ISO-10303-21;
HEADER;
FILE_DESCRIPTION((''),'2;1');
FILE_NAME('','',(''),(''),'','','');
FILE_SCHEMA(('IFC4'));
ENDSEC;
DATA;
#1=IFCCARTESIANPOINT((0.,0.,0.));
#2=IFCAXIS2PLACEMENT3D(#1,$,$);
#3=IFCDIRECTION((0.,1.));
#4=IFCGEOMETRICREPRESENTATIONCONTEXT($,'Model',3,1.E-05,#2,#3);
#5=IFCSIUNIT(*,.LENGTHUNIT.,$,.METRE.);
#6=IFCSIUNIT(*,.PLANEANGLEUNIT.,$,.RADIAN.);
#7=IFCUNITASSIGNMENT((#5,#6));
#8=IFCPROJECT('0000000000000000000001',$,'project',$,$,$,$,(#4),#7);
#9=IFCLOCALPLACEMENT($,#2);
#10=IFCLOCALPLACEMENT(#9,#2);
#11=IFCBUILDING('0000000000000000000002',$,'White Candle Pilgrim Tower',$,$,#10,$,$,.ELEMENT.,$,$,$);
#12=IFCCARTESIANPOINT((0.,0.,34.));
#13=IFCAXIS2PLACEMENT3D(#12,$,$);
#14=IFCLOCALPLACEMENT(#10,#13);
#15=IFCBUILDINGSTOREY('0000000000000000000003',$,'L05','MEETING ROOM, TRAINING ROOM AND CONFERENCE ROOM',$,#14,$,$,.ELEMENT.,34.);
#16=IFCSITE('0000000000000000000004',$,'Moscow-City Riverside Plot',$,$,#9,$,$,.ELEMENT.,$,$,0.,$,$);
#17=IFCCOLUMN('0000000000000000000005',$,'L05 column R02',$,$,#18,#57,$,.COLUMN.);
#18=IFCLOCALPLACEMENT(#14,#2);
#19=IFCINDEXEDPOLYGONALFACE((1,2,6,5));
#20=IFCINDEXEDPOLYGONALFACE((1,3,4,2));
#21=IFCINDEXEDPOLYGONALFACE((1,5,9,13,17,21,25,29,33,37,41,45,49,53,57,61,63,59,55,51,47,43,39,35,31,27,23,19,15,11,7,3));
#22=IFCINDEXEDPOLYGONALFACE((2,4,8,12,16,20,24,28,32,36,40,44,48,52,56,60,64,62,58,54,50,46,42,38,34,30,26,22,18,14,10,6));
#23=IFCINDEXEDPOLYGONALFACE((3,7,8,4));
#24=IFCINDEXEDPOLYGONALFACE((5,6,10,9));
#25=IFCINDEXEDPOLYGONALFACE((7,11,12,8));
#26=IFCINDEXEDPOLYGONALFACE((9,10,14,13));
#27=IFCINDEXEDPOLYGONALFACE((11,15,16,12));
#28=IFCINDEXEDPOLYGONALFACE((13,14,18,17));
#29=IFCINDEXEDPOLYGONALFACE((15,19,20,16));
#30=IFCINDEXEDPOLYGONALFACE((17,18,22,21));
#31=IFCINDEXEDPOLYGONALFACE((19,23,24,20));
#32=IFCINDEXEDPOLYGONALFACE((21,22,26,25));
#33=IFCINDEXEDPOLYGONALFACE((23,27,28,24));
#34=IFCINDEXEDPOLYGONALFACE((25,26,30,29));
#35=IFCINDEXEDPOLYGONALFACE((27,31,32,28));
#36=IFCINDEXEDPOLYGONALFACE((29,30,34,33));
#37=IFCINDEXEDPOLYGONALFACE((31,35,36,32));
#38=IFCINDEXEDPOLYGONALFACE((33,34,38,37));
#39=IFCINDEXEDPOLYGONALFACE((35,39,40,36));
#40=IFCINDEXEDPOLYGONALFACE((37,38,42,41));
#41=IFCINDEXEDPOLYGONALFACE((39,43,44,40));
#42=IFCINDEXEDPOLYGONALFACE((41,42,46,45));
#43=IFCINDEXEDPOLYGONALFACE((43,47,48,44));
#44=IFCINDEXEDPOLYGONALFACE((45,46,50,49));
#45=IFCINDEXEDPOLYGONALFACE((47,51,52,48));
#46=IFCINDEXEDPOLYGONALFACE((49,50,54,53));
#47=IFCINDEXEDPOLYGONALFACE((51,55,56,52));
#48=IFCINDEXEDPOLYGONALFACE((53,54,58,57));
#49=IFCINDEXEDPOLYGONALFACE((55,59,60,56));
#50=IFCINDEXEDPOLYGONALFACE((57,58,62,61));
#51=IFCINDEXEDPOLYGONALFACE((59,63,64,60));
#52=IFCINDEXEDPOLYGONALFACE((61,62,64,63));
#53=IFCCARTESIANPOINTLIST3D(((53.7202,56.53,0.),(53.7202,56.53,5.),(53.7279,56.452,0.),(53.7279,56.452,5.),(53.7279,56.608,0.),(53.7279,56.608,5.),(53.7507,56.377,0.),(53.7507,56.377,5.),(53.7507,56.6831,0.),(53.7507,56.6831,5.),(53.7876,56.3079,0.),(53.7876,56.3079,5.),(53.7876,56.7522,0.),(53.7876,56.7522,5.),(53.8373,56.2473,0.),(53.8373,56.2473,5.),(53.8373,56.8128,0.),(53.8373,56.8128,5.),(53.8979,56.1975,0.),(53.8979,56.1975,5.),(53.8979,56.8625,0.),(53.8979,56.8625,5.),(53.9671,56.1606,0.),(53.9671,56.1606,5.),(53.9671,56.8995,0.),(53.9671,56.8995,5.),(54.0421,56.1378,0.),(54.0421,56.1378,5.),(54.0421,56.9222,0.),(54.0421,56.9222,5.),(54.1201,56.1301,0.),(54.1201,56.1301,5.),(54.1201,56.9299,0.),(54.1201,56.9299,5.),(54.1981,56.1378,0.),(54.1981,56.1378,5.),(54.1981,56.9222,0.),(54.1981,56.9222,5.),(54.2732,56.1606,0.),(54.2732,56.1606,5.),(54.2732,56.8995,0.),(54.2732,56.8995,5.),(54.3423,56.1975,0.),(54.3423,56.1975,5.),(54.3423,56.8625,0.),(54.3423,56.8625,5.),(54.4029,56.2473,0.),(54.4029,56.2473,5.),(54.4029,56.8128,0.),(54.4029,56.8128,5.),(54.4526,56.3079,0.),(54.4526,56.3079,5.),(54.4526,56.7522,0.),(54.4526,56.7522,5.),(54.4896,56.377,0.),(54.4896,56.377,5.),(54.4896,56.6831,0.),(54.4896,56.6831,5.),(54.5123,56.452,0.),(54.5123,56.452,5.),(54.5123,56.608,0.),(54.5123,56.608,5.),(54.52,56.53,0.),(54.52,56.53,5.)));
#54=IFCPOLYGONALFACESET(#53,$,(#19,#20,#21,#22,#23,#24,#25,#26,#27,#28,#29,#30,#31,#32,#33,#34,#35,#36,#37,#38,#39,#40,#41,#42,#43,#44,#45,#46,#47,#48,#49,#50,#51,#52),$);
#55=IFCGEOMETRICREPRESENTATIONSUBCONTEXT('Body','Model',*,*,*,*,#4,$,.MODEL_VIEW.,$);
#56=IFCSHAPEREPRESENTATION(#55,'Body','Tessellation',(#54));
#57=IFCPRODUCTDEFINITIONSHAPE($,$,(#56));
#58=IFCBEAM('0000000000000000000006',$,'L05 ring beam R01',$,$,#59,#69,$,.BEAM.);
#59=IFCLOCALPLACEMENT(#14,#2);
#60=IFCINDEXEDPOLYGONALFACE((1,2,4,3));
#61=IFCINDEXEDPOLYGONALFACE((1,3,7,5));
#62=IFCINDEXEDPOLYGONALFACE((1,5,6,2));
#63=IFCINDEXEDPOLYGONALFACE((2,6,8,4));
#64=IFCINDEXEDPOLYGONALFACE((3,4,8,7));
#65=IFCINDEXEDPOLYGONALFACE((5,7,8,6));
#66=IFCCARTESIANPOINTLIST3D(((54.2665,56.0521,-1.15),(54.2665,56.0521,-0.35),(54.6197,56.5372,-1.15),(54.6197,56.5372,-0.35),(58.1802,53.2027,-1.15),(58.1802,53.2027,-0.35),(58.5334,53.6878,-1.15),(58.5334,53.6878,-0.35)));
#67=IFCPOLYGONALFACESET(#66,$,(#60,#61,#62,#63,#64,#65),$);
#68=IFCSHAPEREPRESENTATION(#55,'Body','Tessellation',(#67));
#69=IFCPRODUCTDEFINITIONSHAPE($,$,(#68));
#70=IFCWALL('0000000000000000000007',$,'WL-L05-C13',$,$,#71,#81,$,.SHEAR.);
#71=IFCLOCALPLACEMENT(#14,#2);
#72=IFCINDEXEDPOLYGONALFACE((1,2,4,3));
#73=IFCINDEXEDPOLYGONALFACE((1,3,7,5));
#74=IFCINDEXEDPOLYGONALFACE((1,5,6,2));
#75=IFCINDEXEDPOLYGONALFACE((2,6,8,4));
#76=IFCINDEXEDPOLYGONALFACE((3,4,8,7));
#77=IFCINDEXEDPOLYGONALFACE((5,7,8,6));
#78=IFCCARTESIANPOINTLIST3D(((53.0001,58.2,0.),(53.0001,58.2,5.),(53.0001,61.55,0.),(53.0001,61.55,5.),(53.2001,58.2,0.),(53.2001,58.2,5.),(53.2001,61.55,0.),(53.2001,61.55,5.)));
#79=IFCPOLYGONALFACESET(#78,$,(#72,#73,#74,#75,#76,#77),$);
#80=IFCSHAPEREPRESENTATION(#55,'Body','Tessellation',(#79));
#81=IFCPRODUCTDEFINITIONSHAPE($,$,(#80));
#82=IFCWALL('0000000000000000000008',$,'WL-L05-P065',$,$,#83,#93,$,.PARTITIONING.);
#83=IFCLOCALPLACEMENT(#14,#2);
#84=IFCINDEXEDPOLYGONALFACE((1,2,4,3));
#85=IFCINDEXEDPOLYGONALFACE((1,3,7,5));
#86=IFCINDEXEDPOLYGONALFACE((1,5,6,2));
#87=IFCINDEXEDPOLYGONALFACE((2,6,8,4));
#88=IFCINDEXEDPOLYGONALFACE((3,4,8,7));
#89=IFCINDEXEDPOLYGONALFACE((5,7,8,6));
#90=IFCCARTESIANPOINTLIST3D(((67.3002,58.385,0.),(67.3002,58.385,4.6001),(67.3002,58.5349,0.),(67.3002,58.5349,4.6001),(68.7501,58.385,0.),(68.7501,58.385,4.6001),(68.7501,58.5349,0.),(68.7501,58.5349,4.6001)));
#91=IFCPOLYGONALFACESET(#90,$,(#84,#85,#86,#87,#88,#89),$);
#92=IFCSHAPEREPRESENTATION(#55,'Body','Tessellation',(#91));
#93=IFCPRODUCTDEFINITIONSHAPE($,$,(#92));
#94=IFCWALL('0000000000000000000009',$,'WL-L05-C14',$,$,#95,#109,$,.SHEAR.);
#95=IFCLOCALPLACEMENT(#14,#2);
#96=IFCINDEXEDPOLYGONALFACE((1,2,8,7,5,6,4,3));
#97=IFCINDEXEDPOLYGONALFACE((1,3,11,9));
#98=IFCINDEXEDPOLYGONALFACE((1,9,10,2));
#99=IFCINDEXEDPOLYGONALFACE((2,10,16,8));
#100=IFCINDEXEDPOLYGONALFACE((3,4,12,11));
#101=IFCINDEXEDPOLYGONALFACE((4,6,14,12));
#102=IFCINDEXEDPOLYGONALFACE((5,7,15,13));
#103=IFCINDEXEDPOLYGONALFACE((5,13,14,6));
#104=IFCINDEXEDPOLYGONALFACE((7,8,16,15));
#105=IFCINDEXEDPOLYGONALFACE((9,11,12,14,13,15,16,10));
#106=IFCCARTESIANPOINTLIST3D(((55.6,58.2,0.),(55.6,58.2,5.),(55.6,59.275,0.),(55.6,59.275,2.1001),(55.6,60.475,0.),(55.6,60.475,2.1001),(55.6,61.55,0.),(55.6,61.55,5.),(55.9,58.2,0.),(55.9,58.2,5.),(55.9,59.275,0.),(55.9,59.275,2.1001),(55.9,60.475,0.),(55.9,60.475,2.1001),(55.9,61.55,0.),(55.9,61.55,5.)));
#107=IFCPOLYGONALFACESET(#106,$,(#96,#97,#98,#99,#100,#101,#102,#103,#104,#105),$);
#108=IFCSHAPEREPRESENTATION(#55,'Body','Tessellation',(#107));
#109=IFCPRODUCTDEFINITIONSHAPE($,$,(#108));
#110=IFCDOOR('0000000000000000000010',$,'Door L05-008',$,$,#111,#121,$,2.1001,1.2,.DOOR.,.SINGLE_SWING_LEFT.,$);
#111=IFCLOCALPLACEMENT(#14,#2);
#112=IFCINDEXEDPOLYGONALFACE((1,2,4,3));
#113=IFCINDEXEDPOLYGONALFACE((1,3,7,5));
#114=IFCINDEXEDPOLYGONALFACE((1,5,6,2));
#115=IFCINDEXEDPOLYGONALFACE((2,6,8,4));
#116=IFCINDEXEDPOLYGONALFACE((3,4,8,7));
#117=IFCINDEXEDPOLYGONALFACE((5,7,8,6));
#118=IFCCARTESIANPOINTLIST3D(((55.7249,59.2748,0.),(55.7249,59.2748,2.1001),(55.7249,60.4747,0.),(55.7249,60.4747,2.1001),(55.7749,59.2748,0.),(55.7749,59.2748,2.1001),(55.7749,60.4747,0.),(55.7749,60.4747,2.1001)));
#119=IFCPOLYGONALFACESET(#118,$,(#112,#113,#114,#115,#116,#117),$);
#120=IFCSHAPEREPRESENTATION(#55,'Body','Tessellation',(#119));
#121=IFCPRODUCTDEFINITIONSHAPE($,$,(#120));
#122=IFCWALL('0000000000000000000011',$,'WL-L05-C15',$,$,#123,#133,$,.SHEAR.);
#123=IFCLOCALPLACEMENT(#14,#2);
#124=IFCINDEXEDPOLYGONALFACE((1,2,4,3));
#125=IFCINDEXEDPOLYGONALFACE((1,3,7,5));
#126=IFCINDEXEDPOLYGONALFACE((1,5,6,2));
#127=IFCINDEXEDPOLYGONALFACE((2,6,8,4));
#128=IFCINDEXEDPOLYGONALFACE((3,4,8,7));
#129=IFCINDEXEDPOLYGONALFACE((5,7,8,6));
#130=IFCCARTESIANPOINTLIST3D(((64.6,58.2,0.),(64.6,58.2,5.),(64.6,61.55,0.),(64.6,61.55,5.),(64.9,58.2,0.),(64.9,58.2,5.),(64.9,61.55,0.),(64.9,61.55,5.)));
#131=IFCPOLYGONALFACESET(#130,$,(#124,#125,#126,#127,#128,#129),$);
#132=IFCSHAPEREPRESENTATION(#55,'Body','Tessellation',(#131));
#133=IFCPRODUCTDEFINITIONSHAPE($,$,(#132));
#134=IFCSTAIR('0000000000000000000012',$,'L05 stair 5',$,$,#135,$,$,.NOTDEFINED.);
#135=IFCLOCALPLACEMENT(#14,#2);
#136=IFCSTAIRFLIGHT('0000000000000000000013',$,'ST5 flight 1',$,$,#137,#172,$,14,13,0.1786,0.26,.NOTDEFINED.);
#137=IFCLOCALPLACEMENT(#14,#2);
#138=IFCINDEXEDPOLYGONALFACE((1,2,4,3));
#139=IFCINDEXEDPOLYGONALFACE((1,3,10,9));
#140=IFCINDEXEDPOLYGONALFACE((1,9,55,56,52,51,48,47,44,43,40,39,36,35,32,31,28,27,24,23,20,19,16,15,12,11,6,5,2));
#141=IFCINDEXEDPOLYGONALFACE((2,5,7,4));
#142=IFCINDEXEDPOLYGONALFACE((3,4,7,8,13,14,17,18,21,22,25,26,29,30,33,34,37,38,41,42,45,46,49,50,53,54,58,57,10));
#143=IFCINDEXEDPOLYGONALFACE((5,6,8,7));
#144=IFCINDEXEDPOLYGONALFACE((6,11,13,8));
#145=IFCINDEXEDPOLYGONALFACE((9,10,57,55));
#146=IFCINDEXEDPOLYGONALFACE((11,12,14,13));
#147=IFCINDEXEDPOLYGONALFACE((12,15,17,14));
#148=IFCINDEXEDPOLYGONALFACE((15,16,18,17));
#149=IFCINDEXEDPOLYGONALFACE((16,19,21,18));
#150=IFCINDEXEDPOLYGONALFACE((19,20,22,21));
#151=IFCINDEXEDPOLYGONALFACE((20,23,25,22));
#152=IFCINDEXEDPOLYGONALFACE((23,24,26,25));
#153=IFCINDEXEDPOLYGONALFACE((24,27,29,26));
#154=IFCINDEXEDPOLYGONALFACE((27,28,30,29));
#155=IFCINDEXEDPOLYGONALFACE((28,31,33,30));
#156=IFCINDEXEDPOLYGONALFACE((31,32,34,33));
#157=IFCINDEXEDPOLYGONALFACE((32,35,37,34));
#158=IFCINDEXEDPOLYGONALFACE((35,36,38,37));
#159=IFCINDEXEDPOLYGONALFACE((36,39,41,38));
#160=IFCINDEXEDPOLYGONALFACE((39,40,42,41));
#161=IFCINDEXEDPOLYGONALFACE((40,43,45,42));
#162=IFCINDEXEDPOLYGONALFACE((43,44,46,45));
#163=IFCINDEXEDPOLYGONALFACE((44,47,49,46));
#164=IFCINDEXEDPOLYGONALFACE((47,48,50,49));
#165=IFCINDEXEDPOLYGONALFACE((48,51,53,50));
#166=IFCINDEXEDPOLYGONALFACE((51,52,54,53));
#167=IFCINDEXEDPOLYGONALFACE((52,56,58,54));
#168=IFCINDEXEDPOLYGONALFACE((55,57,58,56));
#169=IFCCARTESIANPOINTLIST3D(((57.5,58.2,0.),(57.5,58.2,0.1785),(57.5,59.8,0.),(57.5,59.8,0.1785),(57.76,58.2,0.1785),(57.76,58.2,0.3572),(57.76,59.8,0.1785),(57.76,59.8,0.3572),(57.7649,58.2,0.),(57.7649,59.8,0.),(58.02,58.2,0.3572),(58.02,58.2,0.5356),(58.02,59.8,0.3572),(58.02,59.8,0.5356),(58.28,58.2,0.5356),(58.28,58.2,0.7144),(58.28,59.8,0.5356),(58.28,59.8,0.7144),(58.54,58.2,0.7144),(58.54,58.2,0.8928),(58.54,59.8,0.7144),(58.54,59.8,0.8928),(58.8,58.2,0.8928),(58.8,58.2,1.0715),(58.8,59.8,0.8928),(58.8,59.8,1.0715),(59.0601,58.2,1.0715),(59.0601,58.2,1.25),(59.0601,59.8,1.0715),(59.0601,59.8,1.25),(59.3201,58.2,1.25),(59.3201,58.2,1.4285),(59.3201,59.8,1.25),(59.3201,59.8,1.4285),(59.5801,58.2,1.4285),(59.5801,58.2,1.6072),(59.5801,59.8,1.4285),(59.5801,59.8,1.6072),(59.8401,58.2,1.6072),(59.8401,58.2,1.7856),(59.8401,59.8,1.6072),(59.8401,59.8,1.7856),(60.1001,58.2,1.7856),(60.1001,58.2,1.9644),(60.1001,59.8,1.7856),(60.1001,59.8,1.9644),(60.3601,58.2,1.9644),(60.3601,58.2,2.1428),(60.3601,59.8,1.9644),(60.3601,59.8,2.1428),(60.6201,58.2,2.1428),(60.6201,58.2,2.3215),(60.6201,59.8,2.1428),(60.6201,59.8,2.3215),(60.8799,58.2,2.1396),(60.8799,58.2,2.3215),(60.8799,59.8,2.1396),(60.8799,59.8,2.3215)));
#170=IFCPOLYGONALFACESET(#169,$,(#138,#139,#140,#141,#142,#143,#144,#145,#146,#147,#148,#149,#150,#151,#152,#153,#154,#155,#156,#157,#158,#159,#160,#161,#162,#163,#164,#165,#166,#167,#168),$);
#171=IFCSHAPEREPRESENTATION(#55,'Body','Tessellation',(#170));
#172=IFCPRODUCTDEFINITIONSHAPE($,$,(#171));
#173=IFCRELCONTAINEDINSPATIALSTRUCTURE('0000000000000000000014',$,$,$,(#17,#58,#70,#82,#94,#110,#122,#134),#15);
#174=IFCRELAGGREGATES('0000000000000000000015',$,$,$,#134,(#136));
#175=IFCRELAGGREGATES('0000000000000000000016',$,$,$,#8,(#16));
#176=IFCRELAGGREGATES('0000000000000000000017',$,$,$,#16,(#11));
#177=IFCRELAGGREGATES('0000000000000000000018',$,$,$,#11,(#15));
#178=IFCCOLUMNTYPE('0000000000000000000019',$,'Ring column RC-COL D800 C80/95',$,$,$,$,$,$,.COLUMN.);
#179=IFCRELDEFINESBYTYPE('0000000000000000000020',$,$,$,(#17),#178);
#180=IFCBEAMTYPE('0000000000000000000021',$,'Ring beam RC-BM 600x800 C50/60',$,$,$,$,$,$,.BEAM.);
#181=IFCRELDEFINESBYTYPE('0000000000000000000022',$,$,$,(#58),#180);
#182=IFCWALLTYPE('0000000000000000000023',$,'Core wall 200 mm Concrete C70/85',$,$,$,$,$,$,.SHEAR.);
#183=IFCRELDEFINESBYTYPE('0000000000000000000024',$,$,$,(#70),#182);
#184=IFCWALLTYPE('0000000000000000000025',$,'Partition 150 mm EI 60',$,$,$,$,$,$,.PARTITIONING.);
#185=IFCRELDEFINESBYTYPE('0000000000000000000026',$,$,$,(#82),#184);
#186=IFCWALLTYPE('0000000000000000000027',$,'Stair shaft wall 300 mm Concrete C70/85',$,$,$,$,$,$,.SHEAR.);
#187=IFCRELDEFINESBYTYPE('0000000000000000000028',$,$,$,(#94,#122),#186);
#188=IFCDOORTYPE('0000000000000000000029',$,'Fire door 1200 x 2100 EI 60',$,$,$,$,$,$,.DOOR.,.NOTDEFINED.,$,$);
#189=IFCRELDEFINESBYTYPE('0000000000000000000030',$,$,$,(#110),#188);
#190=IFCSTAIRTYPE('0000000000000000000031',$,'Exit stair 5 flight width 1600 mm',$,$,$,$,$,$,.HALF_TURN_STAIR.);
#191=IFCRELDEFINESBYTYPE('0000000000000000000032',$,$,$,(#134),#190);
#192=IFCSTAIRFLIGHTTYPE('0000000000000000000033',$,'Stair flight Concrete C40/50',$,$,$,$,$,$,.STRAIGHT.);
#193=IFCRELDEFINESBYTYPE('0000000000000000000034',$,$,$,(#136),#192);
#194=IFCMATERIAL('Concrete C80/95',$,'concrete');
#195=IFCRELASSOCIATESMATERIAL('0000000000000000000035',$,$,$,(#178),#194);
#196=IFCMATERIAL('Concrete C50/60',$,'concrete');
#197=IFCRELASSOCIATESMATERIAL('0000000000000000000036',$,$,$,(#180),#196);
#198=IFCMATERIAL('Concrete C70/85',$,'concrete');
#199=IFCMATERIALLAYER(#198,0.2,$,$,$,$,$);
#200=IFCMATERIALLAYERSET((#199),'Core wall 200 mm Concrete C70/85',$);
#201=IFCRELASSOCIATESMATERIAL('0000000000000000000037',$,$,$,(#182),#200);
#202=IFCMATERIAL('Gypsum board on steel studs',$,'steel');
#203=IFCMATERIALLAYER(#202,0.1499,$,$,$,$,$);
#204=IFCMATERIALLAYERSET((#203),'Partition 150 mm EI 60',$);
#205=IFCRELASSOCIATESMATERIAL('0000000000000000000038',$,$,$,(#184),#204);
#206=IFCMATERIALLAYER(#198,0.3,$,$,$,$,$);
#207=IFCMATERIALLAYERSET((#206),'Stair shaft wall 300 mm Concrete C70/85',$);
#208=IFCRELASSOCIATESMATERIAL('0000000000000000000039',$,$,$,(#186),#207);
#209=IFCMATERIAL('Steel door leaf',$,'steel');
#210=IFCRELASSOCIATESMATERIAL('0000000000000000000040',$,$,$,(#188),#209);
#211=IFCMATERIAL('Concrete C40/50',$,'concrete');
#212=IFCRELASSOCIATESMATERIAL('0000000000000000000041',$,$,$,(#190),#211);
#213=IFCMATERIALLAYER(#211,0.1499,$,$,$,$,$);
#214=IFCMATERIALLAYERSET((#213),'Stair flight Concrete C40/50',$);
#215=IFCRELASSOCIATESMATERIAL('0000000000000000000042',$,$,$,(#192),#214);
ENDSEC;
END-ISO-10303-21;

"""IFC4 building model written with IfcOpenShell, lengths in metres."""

from ifc_helpers import new_model, si_unit, direction, frame, frame_2d, origin, origin_2d, place, context, subcontext, project, spatial, polyline, rectangle, circle, outline, extrude, material, layer, layer_set, material_profile, profile_set, type_object, element, fill, aggregate, save


model = new_model("IFC4")

# Units and contexts
model_context = context("Model", 3, precision=1e-05, world=origin(), true_north=direction((0.0, 1.0)))
body_context = subcontext(model_context, "Body", "Model", "MODEL_VIEW")
ifc_project = project(units=[si_unit("LENGTHUNIT", "METRE"), si_unit("PLANEANGLEUNIT", "RADIAN")], contexts=[model_context])

# Site, building, storey
site_placement = place(None, origin())
site = spatial("IfcSite", under=ifc_project, at=site_placement, Name="Moscow-City Riverside Plot", CompositionType="ELEMENT", RefElevation=0.0)
building_placement = place(site_placement, origin())
building = spatial("IfcBuilding", under=site, at=building_placement, Name="White Candle Pilgrim Tower", CompositionType="ELEMENT")
storey_placement = place(building_placement, frame((0.0, 0.0, 34.0)))
storey = spatial("IfcBuildingStorey", under=building, at=storey_placement, Name="L05", Description="MEETING ROOM, TRAINING ROOM AND CONFERENCE ROOM", CompositionType="ELEMENT", Elevation=34.0)

# Column
ifc_material_1 = material(Name="Concrete C80/95", Category="concrete")
ifc_material_profile_1 = material_profile(ifc_material_1, circle(Radius=0.3999, at=origin_2d()), Name="RC-COL D800")
ifc_profile_set_1 = profile_set([ifc_material_profile_1], Name="Concrete C80/95")
column_type = type_object("IfcColumnType", Name="Ring column RC-COL D800 C80/95", PredefinedType="COLUMN", material=ifc_profile_set_1)
column_placement = place(storey_placement, frame((54.1201, 56.53, 0.0), z_axis=(0.0, 0.0, 1.0), x_axis=(1.0, 0.0, 0.0)))
element("IfcColumn", 1, at=column_placement, inside=storey, type_object=column_type, Name="L05 column R02", PredefinedType="COLUMN", context=body_context, shape_type="SweptSolid", body=[
    extrude(circle(Radius=0.3999, at=origin_2d()), origin(), (0.0, 0.0, 1.0), 5.0),
])

# Beam
ifc_material_2 = material(Name="Concrete C50/60", Category="concrete")
ifc_material_profile_2 = material_profile(ifc_material_2, rectangle(XDim=0.6001, YDim=0.8, at=origin_2d()), Name="RC-BM 600x800")
ifc_profile_set_2 = profile_set([ifc_material_profile_2], Name="Concrete C50/60")
beam_type = type_object("IfcBeamType", Name="Ring beam RC-BM 600x800 C50/60", PredefinedType="BEAM", material=ifc_profile_set_2)
beam_placement = place(storey_placement, frame((54.4431, 56.2947, -0.75), z_axis=(0.808428, -0.588594, 0.0), x_axis=(0.588594, 0.808428, 0.0)))
element("IfcBeam", 2, at=beam_placement, inside=storey, type_object=beam_type, Name="L05 ring beam R01", PredefinedType="BEAM", context=body_context, shape_type="SweptSolid", body=[
    extrude(rectangle(XDim=0.6001, YDim=0.8, at=origin_2d()), origin(), (0.0, 0.0, 1.0), 4.8411),
])

# Walls
ifc_material_3 = material(Name="Concrete C70/85", Category="concrete")
ifc_layer_1 = layer(ifc_material_3, 0.2)
ifc_layer_set_1 = layer_set([ifc_layer_1], Name="Core wall 200 mm Concrete C70/85")
wall_type_1 = type_object("IfcWallType", Name="Core wall 200 mm Concrete C70/85", PredefinedType="SHEAR", material=ifc_layer_set_1)
wall_1_placement = place(storey_placement, frame((53.1001, 58.2, 0.0), z_axis=(0.0, 0.0, 1.0), x_axis=(0.0, 1.0, 0.0)))
element("IfcWall", 3, at=wall_1_placement, inside=storey, type_object=wall_type_1, Name="WL-L05-C13", PredefinedType="SHEAR", context=body_context, shape_type="SweptSolid", body=[
    extrude(rectangle(XDim=3.3501, YDim=0.2, at=frame_2d((1.675, 0.0))), origin(), (0.0, 0.0, 1.0), 5.0),
])
ifc_material_4 = material(Name="Gypsum board on steel studs", Category="steel")
ifc_layer_2 = layer(ifc_material_4, 0.1499)
ifc_layer_set_2 = layer_set([ifc_layer_2], Name="Partition 150 mm EI 60")
wall_type_2 = type_object("IfcWallType", Name="Partition 150 mm EI 60", PredefinedType="PARTITIONING", material=ifc_layer_set_2)
wall_2_placement = place(storey_placement, frame((67.3, 58.46, 0.0), z_axis=(0.0, 0.0, 1.0), x_axis=(1.0, 0.0, 0.0)))
element("IfcWall", 4, at=wall_2_placement, inside=storey, type_object=wall_type_2, Name="WL-L05-P065", PredefinedType="PARTITIONING", context=body_context, shape_type="SweptSolid", body=[
    extrude(rectangle(XDim=1.45, YDim=0.1499, at=frame_2d((0.7251, 0.0))), origin(), (0.0, 0.0, 1.0), 4.6001),
])

# Wall, opening, door
ifc_layer_3 = layer(ifc_material_3, 0.3)
ifc_layer_set_3 = layer_set([ifc_layer_3], Name="Stair shaft wall 300 mm Concrete C70/85")
wall_type_3 = type_object("IfcWallType", Name="Stair shaft wall 300 mm Concrete C70/85", PredefinedType="SHEAR", material=ifc_layer_set_3)
wall_3_placement = place(storey_placement, frame((55.75, 58.2, 0.0), z_axis=(0.0, 0.0, 1.0), x_axis=(0.0, 1.0, 0.0)))
wall_3 = element("IfcWall", 5, at=wall_3_placement, inside=storey, type_object=wall_type_3, Name="WL-L05-C14", PredefinedType="SHEAR", context=body_context, shape_type="SweptSolid", body=[
    extrude(rectangle(XDim=3.3501, YDim=0.3, at=frame_2d((1.675, 0.0))), origin(), (0.0, 0.0, 1.0), 5.0),
])
opening_placement = place(wall_3_placement, frame((1.075, 0.0, 0.0)))
opening = element("IfcOpeningElement", 6, at=opening_placement, cuts=wall_3, PredefinedType="OPENING", context=body_context, shape_type="SweptSolid", body=[
    extrude(rectangle(XDim=1.2, YDim=2.1001, at=frame_2d((0.6001, 1.05))), frame((0.0, 0.1599, 0.0), z_axis=(0.0, -1.0, 0.0), x_axis=(1.0, 0.0, 0.0)), (0.0, 0.0, 1.0), 0.3201),
])
ifc_material_5 = material(Name="Steel door leaf", Category="steel")
door_type = type_object("IfcDoorType", Name="Fire door 1200 x 2100 EI 60", OperationType="NOTDEFINED", PredefinedType="DOOR", material=ifc_material_5)
door_placement = place(opening_placement, frame((1.2, 0.0, 0.0), z_axis=(0.0, 0.0, 1.0), x_axis=(-1.0, 0.0, 0.0)))
door = element("IfcDoor", 7, at=door_placement, inside=storey, type_object=door_type, Name="Door L05-008", OperationType="SINGLE_SWING_LEFT", OverallHeight=2.1001, OverallWidth=1.2, PredefinedType="DOOR", context=body_context, shape_type="SweptSolid", body=[
    extrude(rectangle(XDim=1.2, YDim=2.1001, at=frame_2d((0.6001, 1.05))), frame((0.0, 0.0249, 0.0), z_axis=(0.0, -1.0, 0.0), x_axis=(1.0, 0.0, 0.0)), (0.0, 0.0, 1.0), 0.05),
])
fill(opening, door)

# Wall
wall_4_placement = place(storey_placement, frame((64.75, 58.2, 0.0), z_axis=(0.0, 0.0, 1.0), x_axis=(0.0, 1.0, 0.0)))
element("IfcWall", 8, at=wall_4_placement, inside=storey, type_object=wall_type_3, Name="WL-L05-C15", PredefinedType="SHEAR", context=body_context, shape_type="SweptSolid", body=[
    extrude(rectangle(XDim=3.3501, YDim=0.3, at=frame_2d((1.675, 0.0))), origin(), (0.0, 0.0, 1.0), 5.0),
])

# Stair, stair flight
ifc_material_6 = material(Name="Concrete C40/50", Category="concrete")
stair_type = type_object("IfcStairType", Name="Exit stair 5 flight width 1600 mm", PredefinedType="HALF_TURN_STAIR", material=ifc_material_6)
stair_placement = place(storey_placement, origin())
stair = element("IfcStair", 9, at=stair_placement, inside=storey, type_object=stair_type, Name="L05 stair 5", PredefinedType="NOTDEFINED")
ifc_layer_4 = layer(ifc_material_6, 0.1499)
ifc_layer_set_4 = layer_set([ifc_layer_4], Name="Stair flight Concrete C40/50")
stair_flight_type = type_object("IfcStairFlightType", Name="Stair flight Concrete C40/50", PredefinedType="STRAIGHT", material=ifc_layer_set_4)
stair_flight_1_placement = place(storey_placement, frame((57.5, 59.0, 0.0), z_axis=(0.0, 0.0, 1.0), x_axis=(1.0, 0.0, 0.0)))
stair_flight_1 = element("IfcStairFlight", 10, at=stair_flight_1_placement, type_object=stair_flight_type, Name="ST5 flight 1", NumberOfRisers=14, NumberOfTreads=13, PredefinedType="NOTDEFINED", RiserHeight=0.1786, TreadLength=0.26, context=body_context, shape_type="SweptSolid", body=[
    extrude(outline(polyline([(0.0, 0.0), (0.0, 0.1785), (0.26, 0.1785), (0.26, 0.3572), (0.52, 0.3572), (0.52, 0.5356), (0.78, 0.5356), (0.78, 0.7144), (1.04, 0.7144), (1.04, 0.8928), (1.3, 0.8928), (1.3, 1.0715), (1.5601, 1.0715), (1.5601, 1.25), (1.8201, 1.25), (1.8201, 1.4285), (2.0801, 1.4285), (2.0801, 1.6072), (2.3401, 1.6072), (2.3401, 1.7856), (2.6001, 1.7856), (2.6001, 1.9644), (2.8601, 1.9644), (2.8601, 2.1428), (3.1201, 2.1428), (3.1201, 2.3215), (3.3799, 2.3215), (3.3799, 2.5), (3.3799, 2.1396), (0.2649, 0.0), (0.0, 0.0)])), frame((0.0, 0.8, 0.0), z_axis=(0.0, -1.0, 0.0), x_axis=(1.0, 0.0, 0.0)), (0.0, 0.0, 1.0), 1.6001),
])
aggregate(stair, [stair_flight_1])

save(model, "model.ifc")
